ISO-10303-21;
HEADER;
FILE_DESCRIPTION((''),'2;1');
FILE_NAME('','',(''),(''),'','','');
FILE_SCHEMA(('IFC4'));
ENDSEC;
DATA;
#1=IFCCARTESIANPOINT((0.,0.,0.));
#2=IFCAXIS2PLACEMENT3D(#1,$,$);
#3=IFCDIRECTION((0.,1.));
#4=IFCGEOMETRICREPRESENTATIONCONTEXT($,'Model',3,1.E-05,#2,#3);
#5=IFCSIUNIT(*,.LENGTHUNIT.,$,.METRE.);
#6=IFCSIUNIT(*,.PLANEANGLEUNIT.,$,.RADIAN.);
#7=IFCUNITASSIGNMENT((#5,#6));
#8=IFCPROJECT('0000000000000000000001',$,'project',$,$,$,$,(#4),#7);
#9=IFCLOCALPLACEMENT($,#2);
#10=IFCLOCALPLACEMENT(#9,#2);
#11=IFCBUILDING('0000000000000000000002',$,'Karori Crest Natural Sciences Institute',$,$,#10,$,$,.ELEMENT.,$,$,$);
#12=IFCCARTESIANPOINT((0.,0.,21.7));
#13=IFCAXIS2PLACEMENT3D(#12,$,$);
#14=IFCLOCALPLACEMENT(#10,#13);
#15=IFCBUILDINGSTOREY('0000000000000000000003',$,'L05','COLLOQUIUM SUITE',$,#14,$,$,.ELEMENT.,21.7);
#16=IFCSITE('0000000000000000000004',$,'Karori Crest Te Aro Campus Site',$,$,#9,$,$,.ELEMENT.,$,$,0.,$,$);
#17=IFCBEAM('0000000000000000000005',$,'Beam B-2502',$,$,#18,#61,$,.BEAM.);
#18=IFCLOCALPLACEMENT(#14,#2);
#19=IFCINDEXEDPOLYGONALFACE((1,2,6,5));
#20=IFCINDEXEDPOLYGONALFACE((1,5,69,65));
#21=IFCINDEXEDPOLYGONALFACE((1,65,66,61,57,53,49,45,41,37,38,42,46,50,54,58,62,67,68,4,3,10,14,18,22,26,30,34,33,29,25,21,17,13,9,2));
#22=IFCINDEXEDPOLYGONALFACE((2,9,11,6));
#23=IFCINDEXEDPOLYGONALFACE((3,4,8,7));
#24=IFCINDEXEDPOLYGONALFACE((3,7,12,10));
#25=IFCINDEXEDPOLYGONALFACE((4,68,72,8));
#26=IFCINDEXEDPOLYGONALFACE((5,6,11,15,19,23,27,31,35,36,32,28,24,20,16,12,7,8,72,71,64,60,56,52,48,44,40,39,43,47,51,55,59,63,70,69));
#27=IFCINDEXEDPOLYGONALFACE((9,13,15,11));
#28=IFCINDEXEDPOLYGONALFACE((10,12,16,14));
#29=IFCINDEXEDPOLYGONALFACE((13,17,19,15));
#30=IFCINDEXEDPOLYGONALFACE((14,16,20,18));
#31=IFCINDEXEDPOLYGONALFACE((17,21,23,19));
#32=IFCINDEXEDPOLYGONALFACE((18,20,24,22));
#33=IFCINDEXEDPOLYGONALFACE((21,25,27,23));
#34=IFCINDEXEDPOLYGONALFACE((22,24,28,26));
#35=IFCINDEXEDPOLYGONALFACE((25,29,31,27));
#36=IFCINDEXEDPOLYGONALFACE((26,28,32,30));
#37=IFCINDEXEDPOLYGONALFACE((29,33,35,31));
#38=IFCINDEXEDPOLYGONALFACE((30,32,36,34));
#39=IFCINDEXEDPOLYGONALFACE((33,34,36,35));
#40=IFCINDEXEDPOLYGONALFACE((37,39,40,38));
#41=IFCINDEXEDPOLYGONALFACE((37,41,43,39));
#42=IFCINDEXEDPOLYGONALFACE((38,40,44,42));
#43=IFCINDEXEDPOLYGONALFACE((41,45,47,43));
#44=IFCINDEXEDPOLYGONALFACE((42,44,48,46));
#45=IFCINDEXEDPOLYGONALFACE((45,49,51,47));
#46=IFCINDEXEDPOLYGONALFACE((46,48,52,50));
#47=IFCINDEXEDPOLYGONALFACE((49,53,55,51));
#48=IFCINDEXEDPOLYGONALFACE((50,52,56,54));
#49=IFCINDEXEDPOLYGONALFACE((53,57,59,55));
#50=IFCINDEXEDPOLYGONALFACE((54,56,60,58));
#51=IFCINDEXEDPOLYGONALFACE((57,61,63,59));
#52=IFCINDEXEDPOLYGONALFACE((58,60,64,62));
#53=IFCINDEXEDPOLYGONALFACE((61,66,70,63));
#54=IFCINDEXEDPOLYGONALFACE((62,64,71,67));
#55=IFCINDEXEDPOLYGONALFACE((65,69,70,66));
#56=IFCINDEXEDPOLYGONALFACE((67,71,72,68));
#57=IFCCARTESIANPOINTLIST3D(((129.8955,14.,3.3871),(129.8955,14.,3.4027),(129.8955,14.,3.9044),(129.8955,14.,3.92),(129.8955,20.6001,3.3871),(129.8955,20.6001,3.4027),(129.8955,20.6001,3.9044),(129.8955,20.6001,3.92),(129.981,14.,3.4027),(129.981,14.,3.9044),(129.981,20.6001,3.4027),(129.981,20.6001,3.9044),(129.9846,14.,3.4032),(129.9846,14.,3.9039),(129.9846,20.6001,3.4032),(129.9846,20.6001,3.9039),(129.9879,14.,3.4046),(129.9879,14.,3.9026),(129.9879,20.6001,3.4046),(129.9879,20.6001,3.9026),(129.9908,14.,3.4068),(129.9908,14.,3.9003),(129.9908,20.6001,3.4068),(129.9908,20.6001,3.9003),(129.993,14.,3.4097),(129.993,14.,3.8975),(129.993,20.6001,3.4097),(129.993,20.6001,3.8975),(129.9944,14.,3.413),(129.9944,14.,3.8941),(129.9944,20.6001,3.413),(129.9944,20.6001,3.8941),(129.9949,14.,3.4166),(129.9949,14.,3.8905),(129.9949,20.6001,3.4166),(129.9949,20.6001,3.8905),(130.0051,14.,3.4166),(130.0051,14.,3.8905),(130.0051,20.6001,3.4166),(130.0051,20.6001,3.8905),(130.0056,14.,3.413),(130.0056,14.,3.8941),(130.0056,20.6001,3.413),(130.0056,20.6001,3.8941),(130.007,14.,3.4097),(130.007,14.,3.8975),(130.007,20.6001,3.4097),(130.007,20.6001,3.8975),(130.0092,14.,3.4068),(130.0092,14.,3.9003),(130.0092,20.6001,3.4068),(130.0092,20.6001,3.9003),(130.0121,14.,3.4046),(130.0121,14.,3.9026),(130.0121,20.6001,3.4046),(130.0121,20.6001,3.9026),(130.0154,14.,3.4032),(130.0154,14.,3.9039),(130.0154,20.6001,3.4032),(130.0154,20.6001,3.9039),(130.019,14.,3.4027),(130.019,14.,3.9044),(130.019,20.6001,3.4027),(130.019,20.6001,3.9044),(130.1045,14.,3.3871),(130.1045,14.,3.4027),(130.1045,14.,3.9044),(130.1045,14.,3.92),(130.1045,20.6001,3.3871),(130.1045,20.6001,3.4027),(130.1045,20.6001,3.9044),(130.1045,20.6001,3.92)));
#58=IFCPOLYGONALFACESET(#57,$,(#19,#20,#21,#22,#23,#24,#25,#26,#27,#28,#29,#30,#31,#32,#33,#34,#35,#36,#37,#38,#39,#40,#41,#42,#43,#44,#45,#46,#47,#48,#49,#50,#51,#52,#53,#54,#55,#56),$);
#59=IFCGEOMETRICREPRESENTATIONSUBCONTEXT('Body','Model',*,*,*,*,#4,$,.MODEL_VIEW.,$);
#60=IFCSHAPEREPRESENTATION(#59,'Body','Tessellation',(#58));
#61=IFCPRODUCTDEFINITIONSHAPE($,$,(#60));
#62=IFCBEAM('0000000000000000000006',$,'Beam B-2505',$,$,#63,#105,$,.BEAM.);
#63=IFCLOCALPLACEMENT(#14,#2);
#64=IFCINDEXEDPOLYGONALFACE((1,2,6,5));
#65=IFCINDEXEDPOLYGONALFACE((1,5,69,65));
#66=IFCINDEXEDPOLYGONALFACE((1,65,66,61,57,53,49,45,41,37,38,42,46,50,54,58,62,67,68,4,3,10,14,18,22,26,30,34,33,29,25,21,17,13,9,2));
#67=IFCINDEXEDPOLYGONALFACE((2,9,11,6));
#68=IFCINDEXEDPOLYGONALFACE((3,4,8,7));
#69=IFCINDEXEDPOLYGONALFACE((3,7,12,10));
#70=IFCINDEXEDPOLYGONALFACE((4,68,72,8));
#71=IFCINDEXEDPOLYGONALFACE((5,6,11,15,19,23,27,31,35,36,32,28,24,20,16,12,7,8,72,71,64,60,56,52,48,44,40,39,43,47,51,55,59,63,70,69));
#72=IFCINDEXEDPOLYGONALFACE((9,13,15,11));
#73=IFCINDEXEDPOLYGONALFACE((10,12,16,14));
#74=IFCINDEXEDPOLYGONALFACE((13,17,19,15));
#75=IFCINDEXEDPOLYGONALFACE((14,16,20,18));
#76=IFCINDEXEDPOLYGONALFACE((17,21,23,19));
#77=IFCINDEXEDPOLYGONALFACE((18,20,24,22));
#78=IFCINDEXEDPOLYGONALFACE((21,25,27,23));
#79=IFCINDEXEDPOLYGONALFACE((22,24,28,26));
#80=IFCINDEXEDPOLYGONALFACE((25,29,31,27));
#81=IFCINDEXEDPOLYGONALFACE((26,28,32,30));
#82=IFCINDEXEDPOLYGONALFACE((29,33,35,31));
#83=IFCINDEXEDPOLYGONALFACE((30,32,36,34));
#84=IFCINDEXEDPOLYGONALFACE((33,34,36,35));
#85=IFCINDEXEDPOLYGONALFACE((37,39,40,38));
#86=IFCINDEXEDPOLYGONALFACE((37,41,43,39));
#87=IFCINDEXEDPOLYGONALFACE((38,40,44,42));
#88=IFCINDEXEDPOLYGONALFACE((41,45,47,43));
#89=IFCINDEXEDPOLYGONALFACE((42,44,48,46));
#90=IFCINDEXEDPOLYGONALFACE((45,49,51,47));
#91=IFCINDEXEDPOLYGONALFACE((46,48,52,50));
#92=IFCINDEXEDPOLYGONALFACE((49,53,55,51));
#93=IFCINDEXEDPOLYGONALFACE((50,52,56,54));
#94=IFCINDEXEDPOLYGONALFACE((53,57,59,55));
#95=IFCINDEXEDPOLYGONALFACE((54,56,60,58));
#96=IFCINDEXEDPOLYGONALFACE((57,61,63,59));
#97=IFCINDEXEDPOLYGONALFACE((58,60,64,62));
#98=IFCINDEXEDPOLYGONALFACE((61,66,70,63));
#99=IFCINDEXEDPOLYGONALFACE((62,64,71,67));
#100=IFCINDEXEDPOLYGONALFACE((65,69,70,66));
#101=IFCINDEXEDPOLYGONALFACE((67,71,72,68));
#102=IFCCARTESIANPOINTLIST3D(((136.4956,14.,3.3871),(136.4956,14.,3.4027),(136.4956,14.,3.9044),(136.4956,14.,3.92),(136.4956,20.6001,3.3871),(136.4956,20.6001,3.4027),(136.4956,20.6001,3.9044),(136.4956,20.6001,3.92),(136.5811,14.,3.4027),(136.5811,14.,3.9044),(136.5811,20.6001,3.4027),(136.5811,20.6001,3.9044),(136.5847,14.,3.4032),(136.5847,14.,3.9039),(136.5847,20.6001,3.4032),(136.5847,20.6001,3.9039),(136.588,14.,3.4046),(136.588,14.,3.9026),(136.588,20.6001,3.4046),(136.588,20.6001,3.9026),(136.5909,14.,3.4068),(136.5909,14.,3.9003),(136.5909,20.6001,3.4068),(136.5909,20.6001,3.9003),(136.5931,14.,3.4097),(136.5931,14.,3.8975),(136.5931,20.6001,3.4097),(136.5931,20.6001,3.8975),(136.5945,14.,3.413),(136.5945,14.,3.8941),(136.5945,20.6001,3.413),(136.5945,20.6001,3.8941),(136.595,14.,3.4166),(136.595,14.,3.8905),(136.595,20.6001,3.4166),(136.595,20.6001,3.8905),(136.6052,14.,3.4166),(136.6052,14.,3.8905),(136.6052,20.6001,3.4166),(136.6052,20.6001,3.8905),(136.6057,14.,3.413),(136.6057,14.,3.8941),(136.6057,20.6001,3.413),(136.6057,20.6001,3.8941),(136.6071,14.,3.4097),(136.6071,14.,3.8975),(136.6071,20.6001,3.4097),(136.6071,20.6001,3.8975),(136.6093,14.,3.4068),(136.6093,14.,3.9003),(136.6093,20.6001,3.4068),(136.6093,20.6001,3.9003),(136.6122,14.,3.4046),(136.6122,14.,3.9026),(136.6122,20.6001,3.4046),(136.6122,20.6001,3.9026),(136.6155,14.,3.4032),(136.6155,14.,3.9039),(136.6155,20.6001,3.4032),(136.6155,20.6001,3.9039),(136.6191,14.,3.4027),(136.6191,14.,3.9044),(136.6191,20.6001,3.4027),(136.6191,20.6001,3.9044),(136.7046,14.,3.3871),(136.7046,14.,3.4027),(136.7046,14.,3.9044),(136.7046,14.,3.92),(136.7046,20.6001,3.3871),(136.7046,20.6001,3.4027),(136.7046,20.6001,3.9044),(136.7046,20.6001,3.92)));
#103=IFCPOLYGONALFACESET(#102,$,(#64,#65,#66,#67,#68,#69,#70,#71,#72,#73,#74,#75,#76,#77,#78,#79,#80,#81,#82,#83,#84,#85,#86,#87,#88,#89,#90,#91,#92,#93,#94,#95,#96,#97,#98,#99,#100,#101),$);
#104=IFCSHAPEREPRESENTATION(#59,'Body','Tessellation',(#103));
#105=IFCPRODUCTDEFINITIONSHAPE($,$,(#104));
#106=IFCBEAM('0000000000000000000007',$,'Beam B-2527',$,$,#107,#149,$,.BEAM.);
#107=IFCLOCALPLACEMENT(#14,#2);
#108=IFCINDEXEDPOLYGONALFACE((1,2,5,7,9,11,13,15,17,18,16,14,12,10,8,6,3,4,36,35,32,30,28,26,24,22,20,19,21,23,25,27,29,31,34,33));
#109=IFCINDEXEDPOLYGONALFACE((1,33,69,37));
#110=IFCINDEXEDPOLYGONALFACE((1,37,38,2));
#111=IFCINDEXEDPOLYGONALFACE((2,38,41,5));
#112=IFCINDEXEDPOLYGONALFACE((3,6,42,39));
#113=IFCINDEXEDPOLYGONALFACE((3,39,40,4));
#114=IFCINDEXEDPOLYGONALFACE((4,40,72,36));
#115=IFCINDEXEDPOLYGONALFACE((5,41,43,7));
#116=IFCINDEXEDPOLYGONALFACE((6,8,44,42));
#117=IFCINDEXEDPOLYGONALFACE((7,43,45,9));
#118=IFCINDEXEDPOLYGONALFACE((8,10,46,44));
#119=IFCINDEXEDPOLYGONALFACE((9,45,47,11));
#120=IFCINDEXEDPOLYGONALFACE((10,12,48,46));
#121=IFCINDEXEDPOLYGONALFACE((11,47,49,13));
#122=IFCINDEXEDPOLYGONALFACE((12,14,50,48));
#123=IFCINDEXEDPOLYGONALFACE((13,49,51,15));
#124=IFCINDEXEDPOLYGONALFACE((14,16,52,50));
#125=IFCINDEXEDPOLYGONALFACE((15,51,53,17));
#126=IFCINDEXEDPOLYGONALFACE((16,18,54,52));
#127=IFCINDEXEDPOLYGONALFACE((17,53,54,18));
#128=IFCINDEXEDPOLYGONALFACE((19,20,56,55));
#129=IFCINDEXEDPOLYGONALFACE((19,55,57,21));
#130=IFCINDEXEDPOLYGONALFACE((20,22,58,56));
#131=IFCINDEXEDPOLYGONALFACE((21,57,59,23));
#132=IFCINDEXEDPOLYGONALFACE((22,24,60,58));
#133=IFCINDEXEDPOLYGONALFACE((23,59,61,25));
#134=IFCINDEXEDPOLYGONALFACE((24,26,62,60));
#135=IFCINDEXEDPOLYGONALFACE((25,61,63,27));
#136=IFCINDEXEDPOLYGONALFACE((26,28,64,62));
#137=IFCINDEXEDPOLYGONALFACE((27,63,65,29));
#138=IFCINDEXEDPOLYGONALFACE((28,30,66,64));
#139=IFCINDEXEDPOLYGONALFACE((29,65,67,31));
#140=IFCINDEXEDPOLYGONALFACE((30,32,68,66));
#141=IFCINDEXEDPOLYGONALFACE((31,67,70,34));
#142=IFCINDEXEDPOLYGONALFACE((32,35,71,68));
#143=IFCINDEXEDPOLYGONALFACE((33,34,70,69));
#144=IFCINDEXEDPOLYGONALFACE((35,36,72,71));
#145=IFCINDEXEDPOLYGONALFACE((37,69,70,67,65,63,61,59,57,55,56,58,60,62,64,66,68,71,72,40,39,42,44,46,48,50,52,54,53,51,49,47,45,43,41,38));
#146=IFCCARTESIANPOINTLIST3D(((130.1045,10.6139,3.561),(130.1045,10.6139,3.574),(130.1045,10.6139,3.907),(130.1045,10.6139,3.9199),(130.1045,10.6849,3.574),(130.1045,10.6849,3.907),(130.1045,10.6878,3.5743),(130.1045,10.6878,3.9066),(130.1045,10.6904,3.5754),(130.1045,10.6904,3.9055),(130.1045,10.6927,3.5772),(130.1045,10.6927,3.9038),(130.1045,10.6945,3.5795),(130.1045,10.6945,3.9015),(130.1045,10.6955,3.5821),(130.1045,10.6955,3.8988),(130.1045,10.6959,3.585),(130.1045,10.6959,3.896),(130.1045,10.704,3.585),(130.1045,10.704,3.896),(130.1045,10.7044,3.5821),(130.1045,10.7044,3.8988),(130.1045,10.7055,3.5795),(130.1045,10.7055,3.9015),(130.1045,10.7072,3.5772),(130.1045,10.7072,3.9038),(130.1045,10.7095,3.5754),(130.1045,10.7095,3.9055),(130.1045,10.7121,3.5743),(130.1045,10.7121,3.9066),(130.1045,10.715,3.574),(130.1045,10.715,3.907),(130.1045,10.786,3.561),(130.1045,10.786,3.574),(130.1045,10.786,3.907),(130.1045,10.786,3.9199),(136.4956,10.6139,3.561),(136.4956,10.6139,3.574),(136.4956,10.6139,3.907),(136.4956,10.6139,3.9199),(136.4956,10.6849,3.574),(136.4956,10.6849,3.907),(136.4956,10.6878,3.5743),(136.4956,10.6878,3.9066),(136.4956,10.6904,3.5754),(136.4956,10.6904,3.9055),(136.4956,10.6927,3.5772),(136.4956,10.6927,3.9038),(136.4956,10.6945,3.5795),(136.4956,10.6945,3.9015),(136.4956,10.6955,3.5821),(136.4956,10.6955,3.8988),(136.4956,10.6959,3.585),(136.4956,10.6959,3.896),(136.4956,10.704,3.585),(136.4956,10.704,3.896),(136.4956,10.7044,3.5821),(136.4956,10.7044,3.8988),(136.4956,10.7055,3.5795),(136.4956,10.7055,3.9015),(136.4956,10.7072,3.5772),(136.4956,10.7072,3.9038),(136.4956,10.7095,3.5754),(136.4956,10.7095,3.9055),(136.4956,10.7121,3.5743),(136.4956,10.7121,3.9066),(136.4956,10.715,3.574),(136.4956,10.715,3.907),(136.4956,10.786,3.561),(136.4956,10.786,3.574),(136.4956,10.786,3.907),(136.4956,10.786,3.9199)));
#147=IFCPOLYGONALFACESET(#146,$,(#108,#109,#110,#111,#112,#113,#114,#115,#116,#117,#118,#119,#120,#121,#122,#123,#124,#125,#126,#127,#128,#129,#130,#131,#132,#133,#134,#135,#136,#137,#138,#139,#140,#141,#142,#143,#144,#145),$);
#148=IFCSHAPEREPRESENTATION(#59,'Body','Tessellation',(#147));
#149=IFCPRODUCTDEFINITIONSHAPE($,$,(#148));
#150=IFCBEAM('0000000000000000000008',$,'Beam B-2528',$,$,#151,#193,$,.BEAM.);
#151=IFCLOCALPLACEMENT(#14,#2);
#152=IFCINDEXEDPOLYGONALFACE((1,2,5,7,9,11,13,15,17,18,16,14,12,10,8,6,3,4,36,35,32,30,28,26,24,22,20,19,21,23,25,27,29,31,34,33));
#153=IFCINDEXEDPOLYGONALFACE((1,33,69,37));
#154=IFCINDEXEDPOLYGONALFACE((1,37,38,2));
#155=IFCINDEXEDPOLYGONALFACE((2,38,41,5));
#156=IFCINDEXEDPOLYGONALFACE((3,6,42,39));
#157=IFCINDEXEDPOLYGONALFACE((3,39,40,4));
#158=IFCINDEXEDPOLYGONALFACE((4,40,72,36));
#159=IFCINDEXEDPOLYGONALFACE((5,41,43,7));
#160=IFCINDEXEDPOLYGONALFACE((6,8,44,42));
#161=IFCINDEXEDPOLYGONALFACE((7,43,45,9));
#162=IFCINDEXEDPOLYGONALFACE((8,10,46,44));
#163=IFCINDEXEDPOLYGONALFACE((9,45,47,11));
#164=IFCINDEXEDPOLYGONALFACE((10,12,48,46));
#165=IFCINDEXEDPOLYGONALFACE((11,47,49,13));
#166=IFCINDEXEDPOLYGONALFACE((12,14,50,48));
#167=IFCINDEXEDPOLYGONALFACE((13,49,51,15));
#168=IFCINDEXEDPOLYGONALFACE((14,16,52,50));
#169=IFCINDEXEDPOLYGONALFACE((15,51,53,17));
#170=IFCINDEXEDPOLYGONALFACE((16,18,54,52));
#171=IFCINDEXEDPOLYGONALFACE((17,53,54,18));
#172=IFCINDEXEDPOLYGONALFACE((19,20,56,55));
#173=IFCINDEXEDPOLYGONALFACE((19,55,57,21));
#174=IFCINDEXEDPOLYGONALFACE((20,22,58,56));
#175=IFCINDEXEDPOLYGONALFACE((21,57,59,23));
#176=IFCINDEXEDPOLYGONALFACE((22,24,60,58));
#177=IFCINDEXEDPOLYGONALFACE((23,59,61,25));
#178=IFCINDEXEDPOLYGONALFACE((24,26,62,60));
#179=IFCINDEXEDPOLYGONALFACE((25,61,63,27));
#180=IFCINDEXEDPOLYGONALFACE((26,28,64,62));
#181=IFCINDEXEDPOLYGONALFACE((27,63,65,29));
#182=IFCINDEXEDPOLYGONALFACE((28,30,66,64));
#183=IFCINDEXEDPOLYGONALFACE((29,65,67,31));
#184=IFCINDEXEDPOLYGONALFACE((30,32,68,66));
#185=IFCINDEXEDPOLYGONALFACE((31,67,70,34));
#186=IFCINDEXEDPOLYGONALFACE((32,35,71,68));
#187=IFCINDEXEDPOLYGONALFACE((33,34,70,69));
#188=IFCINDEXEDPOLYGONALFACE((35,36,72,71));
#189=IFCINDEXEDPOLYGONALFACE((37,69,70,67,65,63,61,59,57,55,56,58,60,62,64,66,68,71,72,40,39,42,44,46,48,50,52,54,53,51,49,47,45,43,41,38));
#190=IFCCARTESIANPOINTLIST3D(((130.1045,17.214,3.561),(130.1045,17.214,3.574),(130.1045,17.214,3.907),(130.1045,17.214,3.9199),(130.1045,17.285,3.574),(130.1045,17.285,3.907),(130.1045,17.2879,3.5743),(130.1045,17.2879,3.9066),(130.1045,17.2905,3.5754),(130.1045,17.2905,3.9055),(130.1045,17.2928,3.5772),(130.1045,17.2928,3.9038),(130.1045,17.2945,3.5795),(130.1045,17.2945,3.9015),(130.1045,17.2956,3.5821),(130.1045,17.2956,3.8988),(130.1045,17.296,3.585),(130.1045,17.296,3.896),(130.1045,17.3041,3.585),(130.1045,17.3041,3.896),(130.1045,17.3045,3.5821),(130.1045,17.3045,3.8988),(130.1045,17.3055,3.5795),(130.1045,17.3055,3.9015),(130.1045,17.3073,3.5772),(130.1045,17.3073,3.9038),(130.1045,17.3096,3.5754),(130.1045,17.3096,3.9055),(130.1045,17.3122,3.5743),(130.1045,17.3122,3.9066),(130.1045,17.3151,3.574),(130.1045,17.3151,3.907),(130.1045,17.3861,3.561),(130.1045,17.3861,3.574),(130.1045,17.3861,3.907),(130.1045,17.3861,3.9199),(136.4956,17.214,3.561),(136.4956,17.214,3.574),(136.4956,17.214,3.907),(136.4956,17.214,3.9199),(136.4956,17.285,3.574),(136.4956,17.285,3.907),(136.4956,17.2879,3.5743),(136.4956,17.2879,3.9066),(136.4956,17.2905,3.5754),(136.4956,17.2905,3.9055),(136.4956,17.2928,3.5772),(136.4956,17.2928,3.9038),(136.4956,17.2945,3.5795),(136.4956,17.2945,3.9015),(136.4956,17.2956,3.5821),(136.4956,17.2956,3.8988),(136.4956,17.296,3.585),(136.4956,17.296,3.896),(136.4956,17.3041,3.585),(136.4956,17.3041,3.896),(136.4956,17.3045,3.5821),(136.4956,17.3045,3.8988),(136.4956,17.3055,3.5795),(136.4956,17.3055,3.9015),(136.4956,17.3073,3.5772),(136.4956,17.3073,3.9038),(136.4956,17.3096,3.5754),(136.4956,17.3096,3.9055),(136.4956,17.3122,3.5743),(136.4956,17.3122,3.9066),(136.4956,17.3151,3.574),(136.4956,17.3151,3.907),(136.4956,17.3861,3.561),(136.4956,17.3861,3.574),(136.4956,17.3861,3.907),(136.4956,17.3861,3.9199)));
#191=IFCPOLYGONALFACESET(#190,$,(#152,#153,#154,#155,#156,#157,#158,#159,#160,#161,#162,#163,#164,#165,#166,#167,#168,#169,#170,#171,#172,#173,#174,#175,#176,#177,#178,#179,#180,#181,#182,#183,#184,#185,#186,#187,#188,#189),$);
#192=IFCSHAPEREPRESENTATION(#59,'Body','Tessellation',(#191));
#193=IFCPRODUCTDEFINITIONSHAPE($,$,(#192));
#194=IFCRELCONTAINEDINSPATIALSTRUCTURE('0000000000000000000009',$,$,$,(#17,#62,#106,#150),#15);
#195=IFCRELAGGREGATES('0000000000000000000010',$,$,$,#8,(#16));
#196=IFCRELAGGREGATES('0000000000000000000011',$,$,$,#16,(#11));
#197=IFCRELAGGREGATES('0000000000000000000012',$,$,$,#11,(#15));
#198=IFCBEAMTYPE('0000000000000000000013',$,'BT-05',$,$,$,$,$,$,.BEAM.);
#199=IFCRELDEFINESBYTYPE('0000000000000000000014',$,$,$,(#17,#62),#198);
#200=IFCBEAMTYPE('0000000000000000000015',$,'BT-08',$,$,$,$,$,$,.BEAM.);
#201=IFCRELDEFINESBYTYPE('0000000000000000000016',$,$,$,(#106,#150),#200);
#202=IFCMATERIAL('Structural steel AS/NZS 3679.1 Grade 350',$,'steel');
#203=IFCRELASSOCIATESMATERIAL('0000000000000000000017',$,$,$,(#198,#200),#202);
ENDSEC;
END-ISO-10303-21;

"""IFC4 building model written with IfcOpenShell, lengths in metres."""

from ifc_helpers import new_model, si_unit, direction, frame, origin, origin_2d, place, context, subcontext, project, spatial, i_section, extrude, material, material_profile, profile_set, type_object, element, save


model = new_model("IFC4")

# Units and contexts
model_context = context("Model", 3, precision=1e-05, world=origin(), true_north=direction((0.0, 1.0)))
body_context = subcontext(model_context, "Body", "Model", "MODEL_VIEW")
ifc_project = project(units=[si_unit("LENGTHUNIT", "METRE"), si_unit("PLANEANGLEUNIT", "RADIAN")], contexts=[model_context])

# Site, building, storey
site_placement = place(None, origin())
site = spatial("IfcSite", under=ifc_project, at=site_placement, Name="Karori Crest Te Aro Campus Site", CompositionType="ELEMENT", RefElevation=0.0)
building_placement = place(site_placement, origin())
building = spatial("IfcBuilding", under=site, at=building_placement, Name="Karori Crest Natural Sciences Institute", CompositionType="ELEMENT")
storey_placement = place(building_placement, frame((0.0, 0.0, 21.7)))
storey = spatial("IfcBuildingStorey", under=building, at=storey_placement, Name="L05", Description="COLLOQUIUM SUITE", CompositionType="ELEMENT", Elevation=21.7)

# Shared definitions
ifc_material_1 = material(Name="Structural steel AS/NZS 3679.1 Grade 350", Category="steel")

# Beams
ifc_material_profile_1 = material_profile(ifc_material_1, i_section(OverallWidth=0.209, OverallDepth=0.533, WebThickness=0.0103, FlangeThickness=0.0156, FilletRadius=0.0139, at=origin_2d()), Name="530UB92.4")
ifc_profile_set_1 = profile_set([ifc_material_profile_1], Name="Structural steel AS/NZS 3679.1 Grade 350")
beam_type_1 = type_object("IfcBeamType", Name="BT-05", PredefinedType="BEAM", material=ifc_profile_set_1)
for number, where, z_axis, x_axis, name in (
    (1, (130.0, 14.0, 3.6536), (0.0, 1.0, 0.0), (-1.0, 0.0, 0.0), "Beam B-2502"),
    (2, (136.6001, 14.0, 3.6536), (0.0, 1.0, 0.0), (-1.0, 0.0, 0.0), "Beam B-2505"),
):
    element("IfcBeam", number, at=place(storey_placement, frame(where, z_axis=z_axis, x_axis=x_axis)), inside=storey, type_object=beam_type_1, Name=name, PredefinedType="BEAM", context=body_context, shape_type="SweptSolid", body=[
        extrude(i_section(OverallWidth=0.209, OverallDepth=0.533, WebThickness=0.0103, FlangeThickness=0.0156, FilletRadius=0.0139, at=origin_2d()), origin(), (0.0, 0.0, 1.0), 6.6001),
    ])
ifc_material_profile_2 = material_profile(ifc_material_1, i_section(OverallWidth=0.1721, OverallDepth=0.3589, WebThickness=0.0081, FlangeThickness=0.0129, FilletRadius=0.011, at=origin_2d()), Name="360UB56.7")
ifc_profile_set_2 = profile_set([ifc_material_profile_2], Name="Structural steel AS/NZS 3679.1 Grade 350")
beam_type_2 = type_object("IfcBeamType", Name="BT-08", PredefinedType="BEAM", material=ifc_profile_set_2)
for number, where, z_axis, x_axis, name in (
    (3, (130.1045, 10.7, 3.7405), (1.0, 0.0, 0.0), (0.0, 1.0, 0.0), "Beam B-2527"),
    (4, (130.1045, 17.3, 3.7405), (1.0, 0.0, 0.0), (0.0, 1.0, 0.0), "Beam B-2528"),
):
    element("IfcBeam", number, at=place(storey_placement, frame(where, z_axis=z_axis, x_axis=x_axis)), inside=storey, type_object=beam_type_2, Name=name, PredefinedType="BEAM", context=body_context, shape_type="SweptSolid", body=[
        extrude(i_section(OverallWidth=0.1721, OverallDepth=0.3589, WebThickness=0.0081, FlangeThickness=0.0129, FilletRadius=0.011, at=origin_2d()), origin(), (0.0, 0.0, 1.0), 6.3911),
    ])

save(model, "model.ifc")
